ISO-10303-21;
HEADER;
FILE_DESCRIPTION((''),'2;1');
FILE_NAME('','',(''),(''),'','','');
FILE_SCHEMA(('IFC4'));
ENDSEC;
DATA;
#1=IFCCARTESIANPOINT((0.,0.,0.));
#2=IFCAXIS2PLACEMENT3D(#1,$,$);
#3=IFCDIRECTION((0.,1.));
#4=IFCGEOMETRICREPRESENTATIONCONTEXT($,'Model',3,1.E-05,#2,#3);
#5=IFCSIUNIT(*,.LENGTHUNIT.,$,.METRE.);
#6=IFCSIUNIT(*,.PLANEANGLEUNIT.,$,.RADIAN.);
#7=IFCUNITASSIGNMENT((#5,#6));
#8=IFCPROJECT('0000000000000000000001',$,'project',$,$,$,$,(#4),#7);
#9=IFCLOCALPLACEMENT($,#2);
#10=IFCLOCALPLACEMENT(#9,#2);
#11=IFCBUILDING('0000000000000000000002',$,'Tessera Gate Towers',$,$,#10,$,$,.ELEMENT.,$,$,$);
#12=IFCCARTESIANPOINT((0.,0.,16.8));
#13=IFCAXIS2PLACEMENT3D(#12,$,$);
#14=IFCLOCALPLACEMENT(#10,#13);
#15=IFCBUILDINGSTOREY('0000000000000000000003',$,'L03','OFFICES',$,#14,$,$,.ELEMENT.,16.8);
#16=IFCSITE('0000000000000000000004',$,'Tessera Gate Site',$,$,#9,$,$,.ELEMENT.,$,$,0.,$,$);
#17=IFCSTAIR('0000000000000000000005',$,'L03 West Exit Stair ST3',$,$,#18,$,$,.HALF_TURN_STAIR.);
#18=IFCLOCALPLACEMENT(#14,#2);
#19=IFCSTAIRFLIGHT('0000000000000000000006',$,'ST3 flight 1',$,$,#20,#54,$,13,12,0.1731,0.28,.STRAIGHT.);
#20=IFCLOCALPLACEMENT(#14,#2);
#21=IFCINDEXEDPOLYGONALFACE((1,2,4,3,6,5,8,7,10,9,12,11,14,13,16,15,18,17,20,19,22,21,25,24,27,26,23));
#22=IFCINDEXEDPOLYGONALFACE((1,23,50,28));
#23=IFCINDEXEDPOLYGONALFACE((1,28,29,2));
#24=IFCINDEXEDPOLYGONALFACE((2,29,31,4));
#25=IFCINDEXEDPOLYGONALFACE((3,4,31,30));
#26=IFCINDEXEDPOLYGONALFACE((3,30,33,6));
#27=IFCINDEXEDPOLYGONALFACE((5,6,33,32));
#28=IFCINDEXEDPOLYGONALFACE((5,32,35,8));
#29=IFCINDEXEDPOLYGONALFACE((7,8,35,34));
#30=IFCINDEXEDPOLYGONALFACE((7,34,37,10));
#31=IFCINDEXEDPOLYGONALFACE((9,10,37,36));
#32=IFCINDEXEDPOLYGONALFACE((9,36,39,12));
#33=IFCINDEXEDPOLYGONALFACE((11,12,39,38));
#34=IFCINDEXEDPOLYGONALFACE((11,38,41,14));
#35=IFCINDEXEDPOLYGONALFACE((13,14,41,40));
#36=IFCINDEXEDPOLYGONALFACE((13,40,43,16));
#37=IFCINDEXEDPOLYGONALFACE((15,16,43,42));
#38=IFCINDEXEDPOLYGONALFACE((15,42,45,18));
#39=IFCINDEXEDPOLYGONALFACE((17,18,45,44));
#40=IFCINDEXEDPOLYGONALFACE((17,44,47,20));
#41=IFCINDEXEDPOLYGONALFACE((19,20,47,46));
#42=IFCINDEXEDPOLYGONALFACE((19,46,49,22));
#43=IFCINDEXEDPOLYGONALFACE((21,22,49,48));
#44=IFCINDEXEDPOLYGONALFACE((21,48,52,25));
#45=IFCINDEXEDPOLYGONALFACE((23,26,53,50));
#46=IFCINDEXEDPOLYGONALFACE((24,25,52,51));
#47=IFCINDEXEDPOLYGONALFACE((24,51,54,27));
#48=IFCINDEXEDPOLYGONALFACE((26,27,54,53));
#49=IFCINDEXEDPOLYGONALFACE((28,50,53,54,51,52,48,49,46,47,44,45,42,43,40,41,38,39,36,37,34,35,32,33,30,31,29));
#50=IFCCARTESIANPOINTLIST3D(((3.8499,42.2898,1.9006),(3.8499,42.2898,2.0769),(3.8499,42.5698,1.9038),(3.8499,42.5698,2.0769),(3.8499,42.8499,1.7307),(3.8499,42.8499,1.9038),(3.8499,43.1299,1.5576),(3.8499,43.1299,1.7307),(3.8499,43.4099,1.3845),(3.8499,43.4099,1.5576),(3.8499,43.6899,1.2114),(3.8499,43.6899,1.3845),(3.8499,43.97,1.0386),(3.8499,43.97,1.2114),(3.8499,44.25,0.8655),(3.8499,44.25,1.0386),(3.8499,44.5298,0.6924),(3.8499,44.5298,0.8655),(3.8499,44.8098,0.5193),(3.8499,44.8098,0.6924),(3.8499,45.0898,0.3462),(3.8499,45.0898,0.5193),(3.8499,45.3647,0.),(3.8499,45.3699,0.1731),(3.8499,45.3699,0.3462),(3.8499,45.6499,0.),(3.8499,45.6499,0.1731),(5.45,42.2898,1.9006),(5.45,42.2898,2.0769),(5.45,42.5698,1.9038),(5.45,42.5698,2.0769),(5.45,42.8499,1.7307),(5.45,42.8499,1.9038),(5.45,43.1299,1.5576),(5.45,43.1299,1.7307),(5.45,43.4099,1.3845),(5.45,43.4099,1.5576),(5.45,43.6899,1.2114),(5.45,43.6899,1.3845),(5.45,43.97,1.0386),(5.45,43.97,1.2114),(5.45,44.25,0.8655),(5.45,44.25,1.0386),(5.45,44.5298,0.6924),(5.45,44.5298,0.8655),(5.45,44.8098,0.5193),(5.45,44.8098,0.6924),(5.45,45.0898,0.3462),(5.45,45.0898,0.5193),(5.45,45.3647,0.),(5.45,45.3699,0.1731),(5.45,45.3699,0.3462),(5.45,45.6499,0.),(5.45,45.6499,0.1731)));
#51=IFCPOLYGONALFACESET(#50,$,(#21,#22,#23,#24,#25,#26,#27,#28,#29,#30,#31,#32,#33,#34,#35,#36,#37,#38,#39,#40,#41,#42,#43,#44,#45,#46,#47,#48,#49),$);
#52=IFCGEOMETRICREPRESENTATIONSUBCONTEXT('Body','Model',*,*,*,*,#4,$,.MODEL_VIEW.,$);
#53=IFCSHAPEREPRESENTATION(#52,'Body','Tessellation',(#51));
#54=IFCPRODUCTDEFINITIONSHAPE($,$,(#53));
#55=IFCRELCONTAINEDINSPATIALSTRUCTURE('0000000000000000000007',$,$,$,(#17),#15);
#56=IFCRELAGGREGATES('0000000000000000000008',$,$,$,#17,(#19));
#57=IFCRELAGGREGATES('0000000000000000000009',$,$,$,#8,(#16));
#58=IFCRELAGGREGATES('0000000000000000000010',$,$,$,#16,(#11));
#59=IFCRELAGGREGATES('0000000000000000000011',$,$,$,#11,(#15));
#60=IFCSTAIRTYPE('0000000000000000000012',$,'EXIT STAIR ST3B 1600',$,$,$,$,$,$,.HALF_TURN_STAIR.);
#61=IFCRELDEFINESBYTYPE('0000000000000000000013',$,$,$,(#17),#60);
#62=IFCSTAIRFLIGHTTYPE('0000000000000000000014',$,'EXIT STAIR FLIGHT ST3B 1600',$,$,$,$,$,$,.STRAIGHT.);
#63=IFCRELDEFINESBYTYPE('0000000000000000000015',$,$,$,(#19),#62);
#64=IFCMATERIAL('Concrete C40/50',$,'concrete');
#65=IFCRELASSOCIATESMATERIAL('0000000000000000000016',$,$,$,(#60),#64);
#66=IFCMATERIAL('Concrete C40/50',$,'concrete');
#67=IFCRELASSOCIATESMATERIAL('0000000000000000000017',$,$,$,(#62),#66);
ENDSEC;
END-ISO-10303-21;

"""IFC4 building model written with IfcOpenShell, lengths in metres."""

from ifc_helpers import new_model, si_unit, direction, frame, origin, place, context, subcontext, project, spatial, polyline, outline, extrude, material, type_object, element, aggregate, save


model = new_model("IFC4")

# Units and contexts
model_context = context("Model", 3, precision=1e-05, world=origin(), true_north=direction((0.0, 1.0)))
body_context = subcontext(model_context, "Body", "Model", "MODEL_VIEW")
ifc_project = project(units=[si_unit("LENGTHUNIT", "METRE"), si_unit("PLANEANGLEUNIT", "RADIAN")], contexts=[model_context])

# Site, building, storey
site_placement = place(None, origin())
site = spatial("IfcSite", under=ifc_project, at=site_placement, Name="Tessera Gate Site", CompositionType="ELEMENT", RefElevation=0.0)
building_placement = place(site_placement, origin())
building = spatial("IfcBuilding", under=site, at=building_placement, Name="Tessera Gate Towers", CompositionType="ELEMENT")
storey_placement = place(building_placement, frame((0.0, 0.0, 16.8)))
storey = spatial("IfcBuildingStorey", under=building, at=storey_placement, Name="L03", Description="OFFICES", CompositionType="ELEMENT", Elevation=16.8)

# Stair, stair flight
ifc_material_1 = material(Name="Concrete C40/50", Category="concrete")
stair_type = type_object("IfcStairType", Name="EXIT STAIR ST3B 1600", PredefinedType="HALF_TURN_STAIR", material=ifc_material_1)
stair_placement = place(storey_placement, origin())
stair = element("IfcStair", 1, at=stair_placement, inside=storey, type_object=stair_type, Name="L03 West Exit Stair ST3", PredefinedType="HALF_TURN_STAIR")
ifc_material_2 = material(Name="Concrete C40/50", Category="concrete")
stair_flight_type = type_object("IfcStairFlightType", Name="EXIT STAIR FLIGHT ST3B 1600", PredefinedType="STRAIGHT", material=ifc_material_2)
stair_flight_placement = place(storey_placement, frame((4.6499, 45.6499, 0.0), z_axis=(0.0, 0.0, 1.0), x_axis=(0.0, -1.0, 0.0)))
stair_flight = element("IfcStairFlight", 2, at=stair_flight_placement, type_object=stair_flight_type, Name="ST3 flight 1", NumberOfRisers=13, NumberOfTreads=12, PredefinedType="STRAIGHT", RiserHeight=0.1731, TreadLength=0.28, context=body_context, shape_type="SweptSolid", body=[
    extrude(outline(polyline([(0.0, 0.0), (0.0, 0.1731), (0.28, 0.1731), (0.28, 0.3462), (0.5601, 0.3462), (0.5601, 0.5193), (0.8401, 0.5193), (0.8401, 0.6924), (1.1201, 0.6924), (1.1201, 0.8655), (1.3999, 0.8655), (1.3999, 1.0386), (1.6799, 1.0386), (1.6799, 1.2114), (1.96, 1.2114), (1.96, 1.3845), (2.24, 1.3845), (2.24, 1.5576), (2.52, 1.5576), (2.52, 1.7307), (2.8, 1.7307), (2.8, 1.9038), (3.0801, 1.9038), (3.0801, 2.0769), (3.3601, 2.0769), (3.3601, 2.25), (3.3601, 1.9006), (0.2852, 0.0), (0.0, 0.0)])), frame((0.0, 0.8, 0.0), z_axis=(0.0, -1.0, 0.0), x_axis=(1.0, 0.0, 0.0)), (0.0, 0.0, 1.0), 1.6001),
])
aggregate(stair, [stair_flight])

save(model, "model.ifc")
